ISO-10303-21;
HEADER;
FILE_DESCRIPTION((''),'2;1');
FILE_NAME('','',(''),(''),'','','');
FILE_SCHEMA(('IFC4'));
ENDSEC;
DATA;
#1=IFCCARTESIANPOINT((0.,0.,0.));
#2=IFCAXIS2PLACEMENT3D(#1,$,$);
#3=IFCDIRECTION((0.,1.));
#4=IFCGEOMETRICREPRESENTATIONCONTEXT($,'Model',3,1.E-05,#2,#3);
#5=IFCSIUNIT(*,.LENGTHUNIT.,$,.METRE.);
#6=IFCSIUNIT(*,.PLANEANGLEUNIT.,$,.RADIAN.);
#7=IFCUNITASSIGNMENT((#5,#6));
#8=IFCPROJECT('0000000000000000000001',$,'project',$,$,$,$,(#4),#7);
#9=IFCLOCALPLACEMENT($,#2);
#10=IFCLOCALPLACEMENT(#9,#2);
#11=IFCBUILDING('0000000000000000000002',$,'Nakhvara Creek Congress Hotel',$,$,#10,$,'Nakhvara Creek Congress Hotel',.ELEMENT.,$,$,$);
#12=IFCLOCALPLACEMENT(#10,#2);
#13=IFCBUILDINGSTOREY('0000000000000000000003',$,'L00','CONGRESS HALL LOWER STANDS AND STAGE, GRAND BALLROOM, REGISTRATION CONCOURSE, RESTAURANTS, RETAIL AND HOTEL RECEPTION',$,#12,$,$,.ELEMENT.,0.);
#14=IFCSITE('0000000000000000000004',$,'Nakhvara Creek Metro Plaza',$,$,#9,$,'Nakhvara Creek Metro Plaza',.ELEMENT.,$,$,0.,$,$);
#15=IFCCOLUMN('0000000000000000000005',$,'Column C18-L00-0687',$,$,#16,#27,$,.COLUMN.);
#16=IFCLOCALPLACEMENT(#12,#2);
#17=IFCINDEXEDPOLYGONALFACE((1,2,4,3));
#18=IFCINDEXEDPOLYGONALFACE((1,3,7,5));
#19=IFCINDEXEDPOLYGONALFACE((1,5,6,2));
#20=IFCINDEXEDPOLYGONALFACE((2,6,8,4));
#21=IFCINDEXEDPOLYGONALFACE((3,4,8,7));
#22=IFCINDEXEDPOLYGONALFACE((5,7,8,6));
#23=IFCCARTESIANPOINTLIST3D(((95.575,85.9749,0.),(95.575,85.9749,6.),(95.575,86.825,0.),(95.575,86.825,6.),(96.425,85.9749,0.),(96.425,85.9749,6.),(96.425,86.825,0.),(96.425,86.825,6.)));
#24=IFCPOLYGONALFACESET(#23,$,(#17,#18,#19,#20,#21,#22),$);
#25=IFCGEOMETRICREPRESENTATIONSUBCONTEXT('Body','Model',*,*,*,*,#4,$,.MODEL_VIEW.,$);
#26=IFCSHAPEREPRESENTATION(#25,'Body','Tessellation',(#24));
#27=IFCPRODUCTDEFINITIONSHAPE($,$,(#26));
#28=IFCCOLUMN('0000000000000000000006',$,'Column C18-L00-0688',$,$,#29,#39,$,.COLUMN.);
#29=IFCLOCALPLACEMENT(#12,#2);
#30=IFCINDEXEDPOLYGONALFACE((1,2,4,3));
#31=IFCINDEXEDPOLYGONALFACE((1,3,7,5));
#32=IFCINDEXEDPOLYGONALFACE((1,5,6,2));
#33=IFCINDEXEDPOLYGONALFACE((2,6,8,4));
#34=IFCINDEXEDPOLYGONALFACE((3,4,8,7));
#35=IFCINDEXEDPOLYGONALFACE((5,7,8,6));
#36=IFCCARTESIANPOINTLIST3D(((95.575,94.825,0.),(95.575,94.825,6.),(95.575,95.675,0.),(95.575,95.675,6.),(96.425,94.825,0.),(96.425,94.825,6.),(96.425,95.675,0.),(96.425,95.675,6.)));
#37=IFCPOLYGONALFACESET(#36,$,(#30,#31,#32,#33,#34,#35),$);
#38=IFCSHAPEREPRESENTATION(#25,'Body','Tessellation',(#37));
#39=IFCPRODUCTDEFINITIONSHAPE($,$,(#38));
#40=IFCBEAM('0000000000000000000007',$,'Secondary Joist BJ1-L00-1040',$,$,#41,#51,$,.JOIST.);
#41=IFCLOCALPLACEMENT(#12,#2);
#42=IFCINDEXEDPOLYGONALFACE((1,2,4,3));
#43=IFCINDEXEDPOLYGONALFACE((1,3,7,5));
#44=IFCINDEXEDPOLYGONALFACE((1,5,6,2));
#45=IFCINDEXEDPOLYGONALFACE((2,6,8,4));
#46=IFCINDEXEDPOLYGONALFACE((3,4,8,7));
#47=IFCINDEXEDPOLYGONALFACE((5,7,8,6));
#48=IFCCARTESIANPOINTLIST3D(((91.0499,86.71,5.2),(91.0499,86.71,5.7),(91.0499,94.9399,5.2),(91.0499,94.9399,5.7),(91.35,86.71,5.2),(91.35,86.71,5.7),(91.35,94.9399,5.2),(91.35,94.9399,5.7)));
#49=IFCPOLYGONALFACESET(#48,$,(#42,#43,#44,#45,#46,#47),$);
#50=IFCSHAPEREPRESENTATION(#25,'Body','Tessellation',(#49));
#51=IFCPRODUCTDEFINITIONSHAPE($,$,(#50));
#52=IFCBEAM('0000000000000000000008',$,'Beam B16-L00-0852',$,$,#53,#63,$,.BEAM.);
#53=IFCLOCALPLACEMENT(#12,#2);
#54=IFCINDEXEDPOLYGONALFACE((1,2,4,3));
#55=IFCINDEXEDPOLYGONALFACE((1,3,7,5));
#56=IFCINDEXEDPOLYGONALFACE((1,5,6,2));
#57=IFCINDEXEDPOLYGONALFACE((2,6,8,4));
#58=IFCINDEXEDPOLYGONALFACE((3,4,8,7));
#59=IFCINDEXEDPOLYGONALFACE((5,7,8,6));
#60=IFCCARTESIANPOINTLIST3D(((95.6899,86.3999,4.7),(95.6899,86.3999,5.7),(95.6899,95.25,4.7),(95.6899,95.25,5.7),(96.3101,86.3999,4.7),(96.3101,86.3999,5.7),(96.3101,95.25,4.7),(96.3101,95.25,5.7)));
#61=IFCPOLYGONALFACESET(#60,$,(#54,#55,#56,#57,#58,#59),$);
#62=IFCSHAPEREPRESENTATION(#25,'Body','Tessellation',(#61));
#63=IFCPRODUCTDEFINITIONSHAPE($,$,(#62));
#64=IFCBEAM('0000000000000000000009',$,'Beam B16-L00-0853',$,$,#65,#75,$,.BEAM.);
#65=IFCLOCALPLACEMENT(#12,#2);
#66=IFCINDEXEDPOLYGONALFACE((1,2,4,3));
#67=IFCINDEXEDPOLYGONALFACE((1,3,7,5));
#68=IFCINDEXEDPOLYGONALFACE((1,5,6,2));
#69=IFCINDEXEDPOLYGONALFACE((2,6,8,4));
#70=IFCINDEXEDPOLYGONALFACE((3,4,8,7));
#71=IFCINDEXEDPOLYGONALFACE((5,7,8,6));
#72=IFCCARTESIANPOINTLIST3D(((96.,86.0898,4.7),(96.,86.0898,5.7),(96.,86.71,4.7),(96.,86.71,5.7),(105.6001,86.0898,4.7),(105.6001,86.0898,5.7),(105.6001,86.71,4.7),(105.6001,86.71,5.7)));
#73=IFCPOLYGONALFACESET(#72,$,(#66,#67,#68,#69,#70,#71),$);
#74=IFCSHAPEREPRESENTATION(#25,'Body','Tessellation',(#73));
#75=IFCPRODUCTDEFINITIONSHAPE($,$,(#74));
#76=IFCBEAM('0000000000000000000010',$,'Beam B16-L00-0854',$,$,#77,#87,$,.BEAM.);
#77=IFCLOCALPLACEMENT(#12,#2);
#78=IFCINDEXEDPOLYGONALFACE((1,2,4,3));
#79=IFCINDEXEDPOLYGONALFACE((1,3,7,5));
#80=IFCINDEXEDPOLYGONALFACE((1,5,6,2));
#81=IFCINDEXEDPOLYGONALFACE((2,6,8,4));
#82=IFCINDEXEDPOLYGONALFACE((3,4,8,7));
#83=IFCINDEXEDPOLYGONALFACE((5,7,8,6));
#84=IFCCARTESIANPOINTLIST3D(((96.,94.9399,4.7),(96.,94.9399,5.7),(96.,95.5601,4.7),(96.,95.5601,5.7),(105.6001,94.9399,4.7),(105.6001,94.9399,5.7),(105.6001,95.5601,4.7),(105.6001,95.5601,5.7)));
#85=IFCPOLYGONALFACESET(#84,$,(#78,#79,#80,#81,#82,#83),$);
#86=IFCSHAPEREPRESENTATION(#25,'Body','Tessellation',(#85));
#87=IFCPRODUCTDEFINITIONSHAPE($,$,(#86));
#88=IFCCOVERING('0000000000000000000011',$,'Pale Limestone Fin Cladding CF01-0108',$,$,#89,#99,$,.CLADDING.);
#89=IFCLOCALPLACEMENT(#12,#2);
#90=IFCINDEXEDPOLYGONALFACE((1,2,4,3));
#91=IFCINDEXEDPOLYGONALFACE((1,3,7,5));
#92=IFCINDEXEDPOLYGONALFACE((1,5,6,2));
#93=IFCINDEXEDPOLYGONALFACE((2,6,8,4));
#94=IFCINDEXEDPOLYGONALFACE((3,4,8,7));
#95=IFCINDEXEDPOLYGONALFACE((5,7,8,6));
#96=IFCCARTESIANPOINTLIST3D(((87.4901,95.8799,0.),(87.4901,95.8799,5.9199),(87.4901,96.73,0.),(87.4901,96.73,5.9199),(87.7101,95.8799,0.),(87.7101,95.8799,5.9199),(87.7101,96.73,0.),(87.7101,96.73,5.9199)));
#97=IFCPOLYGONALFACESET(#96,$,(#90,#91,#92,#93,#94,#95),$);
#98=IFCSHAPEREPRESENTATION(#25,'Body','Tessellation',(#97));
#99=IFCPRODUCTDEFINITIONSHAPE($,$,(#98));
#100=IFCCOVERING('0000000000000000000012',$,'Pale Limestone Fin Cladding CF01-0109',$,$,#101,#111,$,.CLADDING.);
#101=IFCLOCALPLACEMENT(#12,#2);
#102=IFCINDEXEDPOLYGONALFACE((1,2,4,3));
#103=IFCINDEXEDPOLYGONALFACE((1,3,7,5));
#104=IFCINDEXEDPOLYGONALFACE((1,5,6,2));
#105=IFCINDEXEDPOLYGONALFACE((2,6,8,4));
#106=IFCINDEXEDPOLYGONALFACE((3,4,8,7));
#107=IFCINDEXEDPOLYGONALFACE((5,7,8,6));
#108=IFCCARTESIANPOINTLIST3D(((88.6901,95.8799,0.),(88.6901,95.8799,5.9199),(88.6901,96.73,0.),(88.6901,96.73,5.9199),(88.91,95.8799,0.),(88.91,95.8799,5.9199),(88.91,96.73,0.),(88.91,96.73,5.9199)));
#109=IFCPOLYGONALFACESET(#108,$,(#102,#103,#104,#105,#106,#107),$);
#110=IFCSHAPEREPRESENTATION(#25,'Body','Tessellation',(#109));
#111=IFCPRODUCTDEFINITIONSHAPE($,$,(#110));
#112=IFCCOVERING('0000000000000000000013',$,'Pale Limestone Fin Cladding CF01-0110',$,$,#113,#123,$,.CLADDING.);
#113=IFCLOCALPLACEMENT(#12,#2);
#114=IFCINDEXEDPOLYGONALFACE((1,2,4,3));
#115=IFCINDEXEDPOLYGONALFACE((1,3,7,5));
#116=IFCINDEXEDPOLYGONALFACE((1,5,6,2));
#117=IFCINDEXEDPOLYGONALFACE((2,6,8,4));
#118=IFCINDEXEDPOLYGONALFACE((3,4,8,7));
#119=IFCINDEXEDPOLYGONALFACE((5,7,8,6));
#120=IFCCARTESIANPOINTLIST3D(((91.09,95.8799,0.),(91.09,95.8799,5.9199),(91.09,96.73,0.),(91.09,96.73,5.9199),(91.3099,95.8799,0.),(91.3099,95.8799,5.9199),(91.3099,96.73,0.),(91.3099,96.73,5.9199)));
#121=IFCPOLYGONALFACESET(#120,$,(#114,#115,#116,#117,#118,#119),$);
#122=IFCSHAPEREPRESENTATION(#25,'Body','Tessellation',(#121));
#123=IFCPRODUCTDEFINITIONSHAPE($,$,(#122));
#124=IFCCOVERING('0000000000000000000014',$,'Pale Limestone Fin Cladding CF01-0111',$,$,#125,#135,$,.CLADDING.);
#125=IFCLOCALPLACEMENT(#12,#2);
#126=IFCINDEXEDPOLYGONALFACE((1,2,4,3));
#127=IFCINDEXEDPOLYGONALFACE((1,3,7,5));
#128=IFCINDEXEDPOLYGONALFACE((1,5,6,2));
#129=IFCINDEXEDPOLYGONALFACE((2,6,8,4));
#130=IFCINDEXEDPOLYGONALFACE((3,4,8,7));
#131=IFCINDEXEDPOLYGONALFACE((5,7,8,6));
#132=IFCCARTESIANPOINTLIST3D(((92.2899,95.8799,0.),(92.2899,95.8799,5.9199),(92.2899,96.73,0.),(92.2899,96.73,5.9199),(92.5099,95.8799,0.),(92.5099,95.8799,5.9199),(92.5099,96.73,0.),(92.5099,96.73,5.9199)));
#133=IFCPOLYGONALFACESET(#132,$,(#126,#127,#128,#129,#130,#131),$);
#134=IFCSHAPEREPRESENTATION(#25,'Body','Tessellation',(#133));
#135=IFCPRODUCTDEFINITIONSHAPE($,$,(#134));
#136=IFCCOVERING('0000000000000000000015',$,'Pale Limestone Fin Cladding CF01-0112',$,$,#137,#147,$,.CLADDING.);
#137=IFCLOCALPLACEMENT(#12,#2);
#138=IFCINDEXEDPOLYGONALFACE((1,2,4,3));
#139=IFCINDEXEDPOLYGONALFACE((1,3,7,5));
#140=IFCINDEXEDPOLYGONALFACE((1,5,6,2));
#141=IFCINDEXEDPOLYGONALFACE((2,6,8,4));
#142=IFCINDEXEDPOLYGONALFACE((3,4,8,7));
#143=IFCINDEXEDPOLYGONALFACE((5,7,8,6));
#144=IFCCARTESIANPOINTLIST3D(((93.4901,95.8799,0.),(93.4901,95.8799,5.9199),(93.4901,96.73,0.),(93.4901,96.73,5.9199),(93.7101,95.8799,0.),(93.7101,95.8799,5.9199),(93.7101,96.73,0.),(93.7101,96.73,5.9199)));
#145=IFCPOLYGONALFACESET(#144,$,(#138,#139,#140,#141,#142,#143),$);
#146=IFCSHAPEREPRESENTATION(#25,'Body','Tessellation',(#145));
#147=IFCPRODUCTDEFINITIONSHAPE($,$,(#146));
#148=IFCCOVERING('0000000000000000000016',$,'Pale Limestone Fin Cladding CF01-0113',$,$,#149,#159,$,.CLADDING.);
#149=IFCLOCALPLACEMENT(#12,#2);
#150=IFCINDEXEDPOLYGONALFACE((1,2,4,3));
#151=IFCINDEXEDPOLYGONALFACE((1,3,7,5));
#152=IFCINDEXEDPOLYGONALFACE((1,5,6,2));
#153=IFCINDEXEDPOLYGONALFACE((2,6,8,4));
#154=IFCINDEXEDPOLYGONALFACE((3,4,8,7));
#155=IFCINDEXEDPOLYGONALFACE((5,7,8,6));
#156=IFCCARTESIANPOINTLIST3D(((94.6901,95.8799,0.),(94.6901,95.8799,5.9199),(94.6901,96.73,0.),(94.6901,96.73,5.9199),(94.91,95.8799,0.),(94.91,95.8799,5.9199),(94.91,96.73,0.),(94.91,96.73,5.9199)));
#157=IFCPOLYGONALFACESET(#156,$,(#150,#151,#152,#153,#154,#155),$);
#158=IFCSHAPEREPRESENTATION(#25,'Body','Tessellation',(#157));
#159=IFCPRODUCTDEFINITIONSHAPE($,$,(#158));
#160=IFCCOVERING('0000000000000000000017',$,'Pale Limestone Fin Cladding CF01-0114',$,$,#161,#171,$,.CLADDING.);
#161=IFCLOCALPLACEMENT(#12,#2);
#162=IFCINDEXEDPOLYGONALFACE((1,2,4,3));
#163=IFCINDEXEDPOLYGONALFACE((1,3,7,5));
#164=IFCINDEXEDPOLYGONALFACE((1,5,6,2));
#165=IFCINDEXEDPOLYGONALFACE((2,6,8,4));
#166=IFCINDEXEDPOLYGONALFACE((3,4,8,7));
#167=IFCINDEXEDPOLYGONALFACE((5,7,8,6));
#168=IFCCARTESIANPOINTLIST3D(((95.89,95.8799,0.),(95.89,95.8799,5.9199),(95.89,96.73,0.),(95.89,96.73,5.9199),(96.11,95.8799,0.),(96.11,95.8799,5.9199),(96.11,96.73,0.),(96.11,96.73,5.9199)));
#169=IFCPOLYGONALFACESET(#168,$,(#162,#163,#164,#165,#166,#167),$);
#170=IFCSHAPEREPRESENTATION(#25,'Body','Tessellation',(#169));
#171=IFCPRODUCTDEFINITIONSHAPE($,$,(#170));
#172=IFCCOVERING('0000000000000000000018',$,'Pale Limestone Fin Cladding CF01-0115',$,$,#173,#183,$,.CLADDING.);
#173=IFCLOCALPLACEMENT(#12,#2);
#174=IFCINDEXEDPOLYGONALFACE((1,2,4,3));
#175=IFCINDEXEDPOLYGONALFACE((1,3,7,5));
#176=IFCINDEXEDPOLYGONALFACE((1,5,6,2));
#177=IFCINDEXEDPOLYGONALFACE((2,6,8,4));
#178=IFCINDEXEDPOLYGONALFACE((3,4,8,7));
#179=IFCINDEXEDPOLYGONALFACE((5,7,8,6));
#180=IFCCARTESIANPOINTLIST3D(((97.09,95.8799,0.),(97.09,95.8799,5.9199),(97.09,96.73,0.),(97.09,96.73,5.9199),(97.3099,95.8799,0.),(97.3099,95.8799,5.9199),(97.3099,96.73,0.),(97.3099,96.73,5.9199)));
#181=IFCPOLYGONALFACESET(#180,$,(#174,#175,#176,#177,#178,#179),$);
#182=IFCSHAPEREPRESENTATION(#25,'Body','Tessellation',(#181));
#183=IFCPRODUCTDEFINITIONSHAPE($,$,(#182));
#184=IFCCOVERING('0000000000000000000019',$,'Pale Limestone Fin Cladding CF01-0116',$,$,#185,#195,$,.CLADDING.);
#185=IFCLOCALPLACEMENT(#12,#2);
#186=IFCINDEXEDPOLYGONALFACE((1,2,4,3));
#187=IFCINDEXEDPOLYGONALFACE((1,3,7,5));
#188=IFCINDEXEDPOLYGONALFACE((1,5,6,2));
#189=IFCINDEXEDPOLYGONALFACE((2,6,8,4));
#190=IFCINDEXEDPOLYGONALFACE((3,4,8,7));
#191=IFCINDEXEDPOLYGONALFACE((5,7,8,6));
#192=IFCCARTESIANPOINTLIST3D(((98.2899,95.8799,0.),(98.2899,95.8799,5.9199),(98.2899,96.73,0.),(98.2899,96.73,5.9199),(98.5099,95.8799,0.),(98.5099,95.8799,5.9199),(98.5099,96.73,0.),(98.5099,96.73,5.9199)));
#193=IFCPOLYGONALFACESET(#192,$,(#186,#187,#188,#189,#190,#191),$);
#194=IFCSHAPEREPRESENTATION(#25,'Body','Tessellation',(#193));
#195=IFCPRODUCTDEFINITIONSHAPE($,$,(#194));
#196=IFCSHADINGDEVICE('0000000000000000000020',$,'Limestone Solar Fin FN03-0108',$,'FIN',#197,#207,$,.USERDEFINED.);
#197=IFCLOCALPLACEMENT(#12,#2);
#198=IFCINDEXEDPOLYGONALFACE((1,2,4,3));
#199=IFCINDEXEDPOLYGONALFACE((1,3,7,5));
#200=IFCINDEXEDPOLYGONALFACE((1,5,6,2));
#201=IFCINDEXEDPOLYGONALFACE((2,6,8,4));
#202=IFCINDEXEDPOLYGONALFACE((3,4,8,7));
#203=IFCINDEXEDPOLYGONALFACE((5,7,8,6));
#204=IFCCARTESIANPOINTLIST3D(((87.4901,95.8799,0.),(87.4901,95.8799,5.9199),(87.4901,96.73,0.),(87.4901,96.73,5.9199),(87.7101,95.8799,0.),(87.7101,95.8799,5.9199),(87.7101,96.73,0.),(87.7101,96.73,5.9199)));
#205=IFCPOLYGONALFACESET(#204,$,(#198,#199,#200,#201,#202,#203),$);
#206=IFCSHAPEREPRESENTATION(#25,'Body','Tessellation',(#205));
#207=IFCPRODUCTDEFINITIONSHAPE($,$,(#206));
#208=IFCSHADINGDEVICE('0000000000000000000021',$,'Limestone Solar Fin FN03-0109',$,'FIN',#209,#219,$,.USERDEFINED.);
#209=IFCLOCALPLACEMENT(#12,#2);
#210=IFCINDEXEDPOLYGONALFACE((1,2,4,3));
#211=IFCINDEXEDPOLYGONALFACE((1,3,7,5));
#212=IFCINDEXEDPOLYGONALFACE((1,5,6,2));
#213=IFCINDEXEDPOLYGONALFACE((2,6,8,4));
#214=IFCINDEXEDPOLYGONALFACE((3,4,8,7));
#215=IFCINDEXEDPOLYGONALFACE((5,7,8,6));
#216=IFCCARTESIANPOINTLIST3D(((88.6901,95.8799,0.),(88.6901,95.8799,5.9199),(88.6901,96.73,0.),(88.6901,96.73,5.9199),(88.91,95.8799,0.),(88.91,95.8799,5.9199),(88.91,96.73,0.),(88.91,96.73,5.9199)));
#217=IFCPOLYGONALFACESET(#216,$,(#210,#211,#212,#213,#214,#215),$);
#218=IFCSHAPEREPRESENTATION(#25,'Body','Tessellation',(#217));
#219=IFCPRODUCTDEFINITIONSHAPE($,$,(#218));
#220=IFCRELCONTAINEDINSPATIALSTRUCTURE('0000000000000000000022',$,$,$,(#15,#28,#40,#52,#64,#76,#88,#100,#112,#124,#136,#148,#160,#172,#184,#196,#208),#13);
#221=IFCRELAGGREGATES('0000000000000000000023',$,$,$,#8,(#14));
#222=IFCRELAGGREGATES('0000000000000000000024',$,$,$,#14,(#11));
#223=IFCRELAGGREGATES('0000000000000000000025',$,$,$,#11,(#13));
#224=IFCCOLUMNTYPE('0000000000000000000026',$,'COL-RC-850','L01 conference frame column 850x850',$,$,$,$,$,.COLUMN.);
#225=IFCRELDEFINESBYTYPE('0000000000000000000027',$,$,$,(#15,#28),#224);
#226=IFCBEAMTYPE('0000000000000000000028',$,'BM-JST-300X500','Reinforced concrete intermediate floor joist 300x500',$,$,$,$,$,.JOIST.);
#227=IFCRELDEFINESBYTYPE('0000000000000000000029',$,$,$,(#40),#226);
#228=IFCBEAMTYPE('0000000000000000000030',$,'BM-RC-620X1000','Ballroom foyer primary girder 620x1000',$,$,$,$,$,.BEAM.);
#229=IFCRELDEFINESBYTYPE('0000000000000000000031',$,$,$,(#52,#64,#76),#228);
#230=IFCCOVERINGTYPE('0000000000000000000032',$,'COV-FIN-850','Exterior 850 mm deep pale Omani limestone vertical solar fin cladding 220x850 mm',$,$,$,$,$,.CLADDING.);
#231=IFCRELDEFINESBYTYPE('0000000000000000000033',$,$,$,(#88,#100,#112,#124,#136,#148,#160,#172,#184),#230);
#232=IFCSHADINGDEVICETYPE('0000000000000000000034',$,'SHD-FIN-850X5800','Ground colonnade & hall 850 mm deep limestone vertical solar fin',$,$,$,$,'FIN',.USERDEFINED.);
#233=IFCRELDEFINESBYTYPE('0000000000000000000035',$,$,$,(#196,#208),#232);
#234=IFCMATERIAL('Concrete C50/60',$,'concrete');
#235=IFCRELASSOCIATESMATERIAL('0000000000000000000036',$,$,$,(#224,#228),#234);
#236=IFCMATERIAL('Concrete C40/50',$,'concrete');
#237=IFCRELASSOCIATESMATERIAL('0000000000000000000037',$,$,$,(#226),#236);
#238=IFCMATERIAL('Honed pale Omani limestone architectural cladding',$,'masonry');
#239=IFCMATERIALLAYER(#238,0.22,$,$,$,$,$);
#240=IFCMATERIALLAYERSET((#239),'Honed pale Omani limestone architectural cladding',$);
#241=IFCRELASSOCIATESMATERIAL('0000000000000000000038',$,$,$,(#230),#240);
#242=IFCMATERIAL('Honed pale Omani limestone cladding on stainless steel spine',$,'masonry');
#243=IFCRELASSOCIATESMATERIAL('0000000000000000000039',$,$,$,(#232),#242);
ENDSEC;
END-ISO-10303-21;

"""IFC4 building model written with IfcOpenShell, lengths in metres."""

from ifc_helpers import new_model, si_unit, direction, frame, origin, origin_2d, place, context, subcontext, project, spatial, rectangle, extrude, material, layer, layer_set, material_profile, profile_set, type_object, element, save


model = new_model("IFC4")

# Units and contexts
model_context = context("Model", 3, precision=1e-05, world=origin(), true_north=direction((0.0, 1.0)))
body_context = subcontext(model_context, "Body", "Model", "MODEL_VIEW")
ifc_project = project(units=[si_unit("LENGTHUNIT", "METRE"), si_unit("PLANEANGLEUNIT", "RADIAN")], contexts=[model_context])

# Site, building, storey
site_placement = place(None, origin())
site = spatial("IfcSite", under=ifc_project, at=site_placement, Name="Nakhvara Creek Metro Plaza", LongName="Nakhvara Creek Metro Plaza", CompositionType="ELEMENT", RefElevation=0.0)
building_placement = place(site_placement, origin())
building = spatial("IfcBuilding", under=site, at=building_placement, Name="Nakhvara Creek Congress Hotel", LongName="Nakhvara Creek Congress Hotel", CompositionType="ELEMENT")
storey_placement = place(building_placement, origin())
storey = spatial("IfcBuildingStorey", under=building, at=storey_placement, Name="L00", Description="CONGRESS HALL LOWER STANDS AND STAGE, GRAND BALLROOM, REGISTRATION CONCOURSE, RESTAURANTS, RETAIL AND HOTEL RECEPTION", CompositionType="ELEMENT", Elevation=0.0)

# Columns
ifc_material_1 = material(Name="Concrete C50/60", Category="concrete")
ifc_material_profile_1 = material_profile(ifc_material_1, rectangle(XDim=0.8501, YDim=0.8501, at=origin_2d()), Name="RC-COL 850x850", Category="LoadBearing")
ifc_profile_set_1 = profile_set([ifc_material_profile_1], Name="Concrete C50/60")
column_type = type_object("IfcColumnType", Name="COL-RC-850", Description="L01 conference frame column 850x850", PredefinedType="COLUMN", material=ifc_profile_set_1)
for number, where, z_axis, x_axis, name in (
    (1, (96.0, 86.3999, 0.0), (0.0, 0.0, 1.0), (1.0, 0.0, 0.0), "Column C18-L00-0687"),
    (2, (96.0, 95.25, 0.0), (0.0, 0.0, 1.0), (1.0, 0.0, 0.0), "Column C18-L00-0688"),
):
    element("IfcColumn", number, at=place(storey_placement, frame(where, z_axis=z_axis, x_axis=x_axis)), inside=storey, type_object=column_type, Name=name, PredefinedType="COLUMN", context=body_context, shape_type="SweptSolid", body=[
        extrude(rectangle(XDim=0.8501, YDim=0.8501, at=origin_2d()), origin(), (0.0, 0.0, 1.0), 6.0),
    ])

# Beams
ifc_material_2 = material(Name="Concrete C40/50", Category="concrete")
ifc_material_profile_2 = material_profile(ifc_material_2, rectangle(XDim=0.3, YDim=0.5, at=origin_2d()), Name="RC-BM 300x500", Category="LoadBearing")
ifc_profile_set_2 = profile_set([ifc_material_profile_2], Name="Concrete C40/50")
beam_type_1 = type_object("IfcBeamType", Name="BM-JST-300X500", Description="Reinforced concrete intermediate floor joist 300x500", PredefinedType="JOIST", material=ifc_profile_set_2)
beam_1_placement = place(storey_placement, frame((91.2, 86.71, 5.45), z_axis=(0.0, 1.0, 0.0), x_axis=(-1.0, 0.0, 0.0)))
element("IfcBeam", 3, at=beam_1_placement, inside=storey, type_object=beam_type_1, Name="Secondary Joist BJ1-L00-1040", PredefinedType="JOIST", context=body_context, shape_type="SweptSolid", body=[
    extrude(rectangle(XDim=0.3, YDim=0.5, at=origin_2d()), origin(), (0.0, 0.0, 1.0), 8.23),
])
ifc_material_profile_3 = material_profile(ifc_material_1, rectangle(XDim=0.6201, YDim=1.0, at=origin_2d()), Name="RC-BM 620x1000", Category="LoadBearing")
ifc_profile_set_3 = profile_set([ifc_material_profile_3], Name="Concrete C50/60")
beam_type_2 = type_object("IfcBeamType", Name="BM-RC-620X1000", Description="Ballroom foyer primary girder 620x1000", PredefinedType="BEAM", material=ifc_profile_set_3)
beam_2_placement = place(storey_placement, frame((96.0, 86.3999, 5.2), z_axis=(0.0, 1.0, 0.0), x_axis=(-1.0, 0.0, 0.0)))
element("IfcBeam", 4, at=beam_2_placement, inside=storey, type_object=beam_type_2, Name="Beam B16-L00-0852", PredefinedType="BEAM", context=body_context, shape_type="SweptSolid", body=[
    extrude(rectangle(XDim=0.6201, YDim=1.0, at=origin_2d()), origin(), (0.0, 0.0, 1.0), 8.8501),
])
for number, where, z_axis, x_axis, name in (
    (5, (96.0, 86.3999, 5.2), (1.0, 0.0, 0.0), (0.0, 1.0, 0.0), "Beam B16-L00-0853"),
    (6, (96.0, 95.25, 5.2), (1.0, 0.0, 0.0), (0.0, 1.0, 0.0), "Beam B16-L00-0854"),
):
    element("IfcBeam", number, at=place(storey_placement, frame(where, z_axis=z_axis, x_axis=x_axis)), inside=storey, type_object=beam_type_2, Name=name, PredefinedType="BEAM", context=body_context, shape_type="SweptSolid", body=[
        extrude(rectangle(XDim=0.6201, YDim=1.0, at=origin_2d()), origin(), (0.0, 0.0, 1.0), 9.6001),
    ])

# Coverings
ifc_material_3 = material(Name="Honed pale Omani limestone architectural cladding", Category="masonry")
ifc_layer = layer(ifc_material_3, 0.22)
ifc_layer_set = layer_set([ifc_layer], Name="Honed pale Omani limestone architectural cladding")
covering_type = type_object("IfcCoveringType", Name="COV-FIN-850", Description="Exterior 850 mm deep pale Omani limestone vertical solar fin cladding 220x850 mm", PredefinedType="CLADDING", material=ifc_layer_set)
for number, where, z_axis, x_axis, name in (
    (7, (87.6001, 96.3049, 0.0), (0.0, 0.0, 1.0), (1.0, 0.0, 0.0), "Pale Limestone Fin Cladding CF01-0108"),
    (8, (88.8, 96.3049, 0.0), (0.0, 0.0, 1.0), (1.0, 0.0, 0.0), "Pale Limestone Fin Cladding CF01-0109"),
    (9, (91.2, 96.3049, 0.0), (0.0, 0.0, 1.0), (1.0, 0.0, 0.0), "Pale Limestone Fin Cladding CF01-0110"),
    (10, (92.3999, 96.3049, 0.0), (0.0, 0.0, 1.0), (1.0, 0.0, 0.0), "Pale Limestone Fin Cladding CF01-0111"),
    (11, (93.6001, 96.3049, 0.0), (0.0, 0.0, 1.0), (1.0, 0.0, 0.0), "Pale Limestone Fin Cladding CF01-0112"),
    (12, (94.8, 96.3049, 0.0), (0.0, 0.0, 1.0), (1.0, 0.0, 0.0), "Pale Limestone Fin Cladding CF01-0113"),
    (13, (96.0, 96.3049, 0.0), (0.0, 0.0, 1.0), (1.0, 0.0, 0.0), "Pale Limestone Fin Cladding CF01-0114"),
    (14, (97.2, 96.3049, 0.0), (0.0, 0.0, 1.0), (1.0, 0.0, 0.0), "Pale Limestone Fin Cladding CF01-0115"),
    (15, (98.3999, 96.3049, 0.0), (0.0, 0.0, 1.0), (1.0, 0.0, 0.0), "Pale Limestone Fin Cladding CF01-0116"),
):
    element("IfcCovering", number, at=place(storey_placement, frame(where, z_axis=z_axis, x_axis=x_axis)), inside=storey, type_object=covering_type, Name=name, PredefinedType="CLADDING", context=body_context, shape_type="SweptSolid", body=[
        extrude(rectangle(XDim=0.22, YDim=0.8501, at=origin_2d()), origin(), (0.0, 0.0, 1.0), 5.9199),
    ])

# Shading devices
ifc_material_4 = material(Name="Honed pale Omani limestone cladding on stainless steel spine", Category="masonry")
shading_device_type = type_object("IfcShadingDeviceType", Name="SHD-FIN-850X5800", Description="Ground colonnade & hall 850 mm deep limestone vertical solar fin", ElementType="FIN", PredefinedType="USERDEFINED", material=ifc_material_4)
for number, where, z_axis, x_axis, name in (
    (16, (87.6001, 96.3049, 0.0), (0.0, 0.0, 1.0), (1.0, 0.0, 0.0), "Limestone Solar Fin FN03-0108"),
    (17, (88.8, 96.3049, 0.0), (0.0, 0.0, 1.0), (1.0, 0.0, 0.0), "Limestone Solar Fin FN03-0109"),
):
    element("IfcShadingDevice", number, at=place(storey_placement, frame(where, z_axis=z_axis, x_axis=x_axis)), inside=storey, type_object=shading_device_type, Name=name, ObjectType="FIN", PredefinedType="USERDEFINED", context=body_context, shape_type="SweptSolid", body=[
        extrude(rectangle(XDim=0.22, YDim=0.8501, at=origin_2d()), origin(), (0.0, 0.0, 1.0), 5.9199),
    ])

save(model, "model.ifc")
